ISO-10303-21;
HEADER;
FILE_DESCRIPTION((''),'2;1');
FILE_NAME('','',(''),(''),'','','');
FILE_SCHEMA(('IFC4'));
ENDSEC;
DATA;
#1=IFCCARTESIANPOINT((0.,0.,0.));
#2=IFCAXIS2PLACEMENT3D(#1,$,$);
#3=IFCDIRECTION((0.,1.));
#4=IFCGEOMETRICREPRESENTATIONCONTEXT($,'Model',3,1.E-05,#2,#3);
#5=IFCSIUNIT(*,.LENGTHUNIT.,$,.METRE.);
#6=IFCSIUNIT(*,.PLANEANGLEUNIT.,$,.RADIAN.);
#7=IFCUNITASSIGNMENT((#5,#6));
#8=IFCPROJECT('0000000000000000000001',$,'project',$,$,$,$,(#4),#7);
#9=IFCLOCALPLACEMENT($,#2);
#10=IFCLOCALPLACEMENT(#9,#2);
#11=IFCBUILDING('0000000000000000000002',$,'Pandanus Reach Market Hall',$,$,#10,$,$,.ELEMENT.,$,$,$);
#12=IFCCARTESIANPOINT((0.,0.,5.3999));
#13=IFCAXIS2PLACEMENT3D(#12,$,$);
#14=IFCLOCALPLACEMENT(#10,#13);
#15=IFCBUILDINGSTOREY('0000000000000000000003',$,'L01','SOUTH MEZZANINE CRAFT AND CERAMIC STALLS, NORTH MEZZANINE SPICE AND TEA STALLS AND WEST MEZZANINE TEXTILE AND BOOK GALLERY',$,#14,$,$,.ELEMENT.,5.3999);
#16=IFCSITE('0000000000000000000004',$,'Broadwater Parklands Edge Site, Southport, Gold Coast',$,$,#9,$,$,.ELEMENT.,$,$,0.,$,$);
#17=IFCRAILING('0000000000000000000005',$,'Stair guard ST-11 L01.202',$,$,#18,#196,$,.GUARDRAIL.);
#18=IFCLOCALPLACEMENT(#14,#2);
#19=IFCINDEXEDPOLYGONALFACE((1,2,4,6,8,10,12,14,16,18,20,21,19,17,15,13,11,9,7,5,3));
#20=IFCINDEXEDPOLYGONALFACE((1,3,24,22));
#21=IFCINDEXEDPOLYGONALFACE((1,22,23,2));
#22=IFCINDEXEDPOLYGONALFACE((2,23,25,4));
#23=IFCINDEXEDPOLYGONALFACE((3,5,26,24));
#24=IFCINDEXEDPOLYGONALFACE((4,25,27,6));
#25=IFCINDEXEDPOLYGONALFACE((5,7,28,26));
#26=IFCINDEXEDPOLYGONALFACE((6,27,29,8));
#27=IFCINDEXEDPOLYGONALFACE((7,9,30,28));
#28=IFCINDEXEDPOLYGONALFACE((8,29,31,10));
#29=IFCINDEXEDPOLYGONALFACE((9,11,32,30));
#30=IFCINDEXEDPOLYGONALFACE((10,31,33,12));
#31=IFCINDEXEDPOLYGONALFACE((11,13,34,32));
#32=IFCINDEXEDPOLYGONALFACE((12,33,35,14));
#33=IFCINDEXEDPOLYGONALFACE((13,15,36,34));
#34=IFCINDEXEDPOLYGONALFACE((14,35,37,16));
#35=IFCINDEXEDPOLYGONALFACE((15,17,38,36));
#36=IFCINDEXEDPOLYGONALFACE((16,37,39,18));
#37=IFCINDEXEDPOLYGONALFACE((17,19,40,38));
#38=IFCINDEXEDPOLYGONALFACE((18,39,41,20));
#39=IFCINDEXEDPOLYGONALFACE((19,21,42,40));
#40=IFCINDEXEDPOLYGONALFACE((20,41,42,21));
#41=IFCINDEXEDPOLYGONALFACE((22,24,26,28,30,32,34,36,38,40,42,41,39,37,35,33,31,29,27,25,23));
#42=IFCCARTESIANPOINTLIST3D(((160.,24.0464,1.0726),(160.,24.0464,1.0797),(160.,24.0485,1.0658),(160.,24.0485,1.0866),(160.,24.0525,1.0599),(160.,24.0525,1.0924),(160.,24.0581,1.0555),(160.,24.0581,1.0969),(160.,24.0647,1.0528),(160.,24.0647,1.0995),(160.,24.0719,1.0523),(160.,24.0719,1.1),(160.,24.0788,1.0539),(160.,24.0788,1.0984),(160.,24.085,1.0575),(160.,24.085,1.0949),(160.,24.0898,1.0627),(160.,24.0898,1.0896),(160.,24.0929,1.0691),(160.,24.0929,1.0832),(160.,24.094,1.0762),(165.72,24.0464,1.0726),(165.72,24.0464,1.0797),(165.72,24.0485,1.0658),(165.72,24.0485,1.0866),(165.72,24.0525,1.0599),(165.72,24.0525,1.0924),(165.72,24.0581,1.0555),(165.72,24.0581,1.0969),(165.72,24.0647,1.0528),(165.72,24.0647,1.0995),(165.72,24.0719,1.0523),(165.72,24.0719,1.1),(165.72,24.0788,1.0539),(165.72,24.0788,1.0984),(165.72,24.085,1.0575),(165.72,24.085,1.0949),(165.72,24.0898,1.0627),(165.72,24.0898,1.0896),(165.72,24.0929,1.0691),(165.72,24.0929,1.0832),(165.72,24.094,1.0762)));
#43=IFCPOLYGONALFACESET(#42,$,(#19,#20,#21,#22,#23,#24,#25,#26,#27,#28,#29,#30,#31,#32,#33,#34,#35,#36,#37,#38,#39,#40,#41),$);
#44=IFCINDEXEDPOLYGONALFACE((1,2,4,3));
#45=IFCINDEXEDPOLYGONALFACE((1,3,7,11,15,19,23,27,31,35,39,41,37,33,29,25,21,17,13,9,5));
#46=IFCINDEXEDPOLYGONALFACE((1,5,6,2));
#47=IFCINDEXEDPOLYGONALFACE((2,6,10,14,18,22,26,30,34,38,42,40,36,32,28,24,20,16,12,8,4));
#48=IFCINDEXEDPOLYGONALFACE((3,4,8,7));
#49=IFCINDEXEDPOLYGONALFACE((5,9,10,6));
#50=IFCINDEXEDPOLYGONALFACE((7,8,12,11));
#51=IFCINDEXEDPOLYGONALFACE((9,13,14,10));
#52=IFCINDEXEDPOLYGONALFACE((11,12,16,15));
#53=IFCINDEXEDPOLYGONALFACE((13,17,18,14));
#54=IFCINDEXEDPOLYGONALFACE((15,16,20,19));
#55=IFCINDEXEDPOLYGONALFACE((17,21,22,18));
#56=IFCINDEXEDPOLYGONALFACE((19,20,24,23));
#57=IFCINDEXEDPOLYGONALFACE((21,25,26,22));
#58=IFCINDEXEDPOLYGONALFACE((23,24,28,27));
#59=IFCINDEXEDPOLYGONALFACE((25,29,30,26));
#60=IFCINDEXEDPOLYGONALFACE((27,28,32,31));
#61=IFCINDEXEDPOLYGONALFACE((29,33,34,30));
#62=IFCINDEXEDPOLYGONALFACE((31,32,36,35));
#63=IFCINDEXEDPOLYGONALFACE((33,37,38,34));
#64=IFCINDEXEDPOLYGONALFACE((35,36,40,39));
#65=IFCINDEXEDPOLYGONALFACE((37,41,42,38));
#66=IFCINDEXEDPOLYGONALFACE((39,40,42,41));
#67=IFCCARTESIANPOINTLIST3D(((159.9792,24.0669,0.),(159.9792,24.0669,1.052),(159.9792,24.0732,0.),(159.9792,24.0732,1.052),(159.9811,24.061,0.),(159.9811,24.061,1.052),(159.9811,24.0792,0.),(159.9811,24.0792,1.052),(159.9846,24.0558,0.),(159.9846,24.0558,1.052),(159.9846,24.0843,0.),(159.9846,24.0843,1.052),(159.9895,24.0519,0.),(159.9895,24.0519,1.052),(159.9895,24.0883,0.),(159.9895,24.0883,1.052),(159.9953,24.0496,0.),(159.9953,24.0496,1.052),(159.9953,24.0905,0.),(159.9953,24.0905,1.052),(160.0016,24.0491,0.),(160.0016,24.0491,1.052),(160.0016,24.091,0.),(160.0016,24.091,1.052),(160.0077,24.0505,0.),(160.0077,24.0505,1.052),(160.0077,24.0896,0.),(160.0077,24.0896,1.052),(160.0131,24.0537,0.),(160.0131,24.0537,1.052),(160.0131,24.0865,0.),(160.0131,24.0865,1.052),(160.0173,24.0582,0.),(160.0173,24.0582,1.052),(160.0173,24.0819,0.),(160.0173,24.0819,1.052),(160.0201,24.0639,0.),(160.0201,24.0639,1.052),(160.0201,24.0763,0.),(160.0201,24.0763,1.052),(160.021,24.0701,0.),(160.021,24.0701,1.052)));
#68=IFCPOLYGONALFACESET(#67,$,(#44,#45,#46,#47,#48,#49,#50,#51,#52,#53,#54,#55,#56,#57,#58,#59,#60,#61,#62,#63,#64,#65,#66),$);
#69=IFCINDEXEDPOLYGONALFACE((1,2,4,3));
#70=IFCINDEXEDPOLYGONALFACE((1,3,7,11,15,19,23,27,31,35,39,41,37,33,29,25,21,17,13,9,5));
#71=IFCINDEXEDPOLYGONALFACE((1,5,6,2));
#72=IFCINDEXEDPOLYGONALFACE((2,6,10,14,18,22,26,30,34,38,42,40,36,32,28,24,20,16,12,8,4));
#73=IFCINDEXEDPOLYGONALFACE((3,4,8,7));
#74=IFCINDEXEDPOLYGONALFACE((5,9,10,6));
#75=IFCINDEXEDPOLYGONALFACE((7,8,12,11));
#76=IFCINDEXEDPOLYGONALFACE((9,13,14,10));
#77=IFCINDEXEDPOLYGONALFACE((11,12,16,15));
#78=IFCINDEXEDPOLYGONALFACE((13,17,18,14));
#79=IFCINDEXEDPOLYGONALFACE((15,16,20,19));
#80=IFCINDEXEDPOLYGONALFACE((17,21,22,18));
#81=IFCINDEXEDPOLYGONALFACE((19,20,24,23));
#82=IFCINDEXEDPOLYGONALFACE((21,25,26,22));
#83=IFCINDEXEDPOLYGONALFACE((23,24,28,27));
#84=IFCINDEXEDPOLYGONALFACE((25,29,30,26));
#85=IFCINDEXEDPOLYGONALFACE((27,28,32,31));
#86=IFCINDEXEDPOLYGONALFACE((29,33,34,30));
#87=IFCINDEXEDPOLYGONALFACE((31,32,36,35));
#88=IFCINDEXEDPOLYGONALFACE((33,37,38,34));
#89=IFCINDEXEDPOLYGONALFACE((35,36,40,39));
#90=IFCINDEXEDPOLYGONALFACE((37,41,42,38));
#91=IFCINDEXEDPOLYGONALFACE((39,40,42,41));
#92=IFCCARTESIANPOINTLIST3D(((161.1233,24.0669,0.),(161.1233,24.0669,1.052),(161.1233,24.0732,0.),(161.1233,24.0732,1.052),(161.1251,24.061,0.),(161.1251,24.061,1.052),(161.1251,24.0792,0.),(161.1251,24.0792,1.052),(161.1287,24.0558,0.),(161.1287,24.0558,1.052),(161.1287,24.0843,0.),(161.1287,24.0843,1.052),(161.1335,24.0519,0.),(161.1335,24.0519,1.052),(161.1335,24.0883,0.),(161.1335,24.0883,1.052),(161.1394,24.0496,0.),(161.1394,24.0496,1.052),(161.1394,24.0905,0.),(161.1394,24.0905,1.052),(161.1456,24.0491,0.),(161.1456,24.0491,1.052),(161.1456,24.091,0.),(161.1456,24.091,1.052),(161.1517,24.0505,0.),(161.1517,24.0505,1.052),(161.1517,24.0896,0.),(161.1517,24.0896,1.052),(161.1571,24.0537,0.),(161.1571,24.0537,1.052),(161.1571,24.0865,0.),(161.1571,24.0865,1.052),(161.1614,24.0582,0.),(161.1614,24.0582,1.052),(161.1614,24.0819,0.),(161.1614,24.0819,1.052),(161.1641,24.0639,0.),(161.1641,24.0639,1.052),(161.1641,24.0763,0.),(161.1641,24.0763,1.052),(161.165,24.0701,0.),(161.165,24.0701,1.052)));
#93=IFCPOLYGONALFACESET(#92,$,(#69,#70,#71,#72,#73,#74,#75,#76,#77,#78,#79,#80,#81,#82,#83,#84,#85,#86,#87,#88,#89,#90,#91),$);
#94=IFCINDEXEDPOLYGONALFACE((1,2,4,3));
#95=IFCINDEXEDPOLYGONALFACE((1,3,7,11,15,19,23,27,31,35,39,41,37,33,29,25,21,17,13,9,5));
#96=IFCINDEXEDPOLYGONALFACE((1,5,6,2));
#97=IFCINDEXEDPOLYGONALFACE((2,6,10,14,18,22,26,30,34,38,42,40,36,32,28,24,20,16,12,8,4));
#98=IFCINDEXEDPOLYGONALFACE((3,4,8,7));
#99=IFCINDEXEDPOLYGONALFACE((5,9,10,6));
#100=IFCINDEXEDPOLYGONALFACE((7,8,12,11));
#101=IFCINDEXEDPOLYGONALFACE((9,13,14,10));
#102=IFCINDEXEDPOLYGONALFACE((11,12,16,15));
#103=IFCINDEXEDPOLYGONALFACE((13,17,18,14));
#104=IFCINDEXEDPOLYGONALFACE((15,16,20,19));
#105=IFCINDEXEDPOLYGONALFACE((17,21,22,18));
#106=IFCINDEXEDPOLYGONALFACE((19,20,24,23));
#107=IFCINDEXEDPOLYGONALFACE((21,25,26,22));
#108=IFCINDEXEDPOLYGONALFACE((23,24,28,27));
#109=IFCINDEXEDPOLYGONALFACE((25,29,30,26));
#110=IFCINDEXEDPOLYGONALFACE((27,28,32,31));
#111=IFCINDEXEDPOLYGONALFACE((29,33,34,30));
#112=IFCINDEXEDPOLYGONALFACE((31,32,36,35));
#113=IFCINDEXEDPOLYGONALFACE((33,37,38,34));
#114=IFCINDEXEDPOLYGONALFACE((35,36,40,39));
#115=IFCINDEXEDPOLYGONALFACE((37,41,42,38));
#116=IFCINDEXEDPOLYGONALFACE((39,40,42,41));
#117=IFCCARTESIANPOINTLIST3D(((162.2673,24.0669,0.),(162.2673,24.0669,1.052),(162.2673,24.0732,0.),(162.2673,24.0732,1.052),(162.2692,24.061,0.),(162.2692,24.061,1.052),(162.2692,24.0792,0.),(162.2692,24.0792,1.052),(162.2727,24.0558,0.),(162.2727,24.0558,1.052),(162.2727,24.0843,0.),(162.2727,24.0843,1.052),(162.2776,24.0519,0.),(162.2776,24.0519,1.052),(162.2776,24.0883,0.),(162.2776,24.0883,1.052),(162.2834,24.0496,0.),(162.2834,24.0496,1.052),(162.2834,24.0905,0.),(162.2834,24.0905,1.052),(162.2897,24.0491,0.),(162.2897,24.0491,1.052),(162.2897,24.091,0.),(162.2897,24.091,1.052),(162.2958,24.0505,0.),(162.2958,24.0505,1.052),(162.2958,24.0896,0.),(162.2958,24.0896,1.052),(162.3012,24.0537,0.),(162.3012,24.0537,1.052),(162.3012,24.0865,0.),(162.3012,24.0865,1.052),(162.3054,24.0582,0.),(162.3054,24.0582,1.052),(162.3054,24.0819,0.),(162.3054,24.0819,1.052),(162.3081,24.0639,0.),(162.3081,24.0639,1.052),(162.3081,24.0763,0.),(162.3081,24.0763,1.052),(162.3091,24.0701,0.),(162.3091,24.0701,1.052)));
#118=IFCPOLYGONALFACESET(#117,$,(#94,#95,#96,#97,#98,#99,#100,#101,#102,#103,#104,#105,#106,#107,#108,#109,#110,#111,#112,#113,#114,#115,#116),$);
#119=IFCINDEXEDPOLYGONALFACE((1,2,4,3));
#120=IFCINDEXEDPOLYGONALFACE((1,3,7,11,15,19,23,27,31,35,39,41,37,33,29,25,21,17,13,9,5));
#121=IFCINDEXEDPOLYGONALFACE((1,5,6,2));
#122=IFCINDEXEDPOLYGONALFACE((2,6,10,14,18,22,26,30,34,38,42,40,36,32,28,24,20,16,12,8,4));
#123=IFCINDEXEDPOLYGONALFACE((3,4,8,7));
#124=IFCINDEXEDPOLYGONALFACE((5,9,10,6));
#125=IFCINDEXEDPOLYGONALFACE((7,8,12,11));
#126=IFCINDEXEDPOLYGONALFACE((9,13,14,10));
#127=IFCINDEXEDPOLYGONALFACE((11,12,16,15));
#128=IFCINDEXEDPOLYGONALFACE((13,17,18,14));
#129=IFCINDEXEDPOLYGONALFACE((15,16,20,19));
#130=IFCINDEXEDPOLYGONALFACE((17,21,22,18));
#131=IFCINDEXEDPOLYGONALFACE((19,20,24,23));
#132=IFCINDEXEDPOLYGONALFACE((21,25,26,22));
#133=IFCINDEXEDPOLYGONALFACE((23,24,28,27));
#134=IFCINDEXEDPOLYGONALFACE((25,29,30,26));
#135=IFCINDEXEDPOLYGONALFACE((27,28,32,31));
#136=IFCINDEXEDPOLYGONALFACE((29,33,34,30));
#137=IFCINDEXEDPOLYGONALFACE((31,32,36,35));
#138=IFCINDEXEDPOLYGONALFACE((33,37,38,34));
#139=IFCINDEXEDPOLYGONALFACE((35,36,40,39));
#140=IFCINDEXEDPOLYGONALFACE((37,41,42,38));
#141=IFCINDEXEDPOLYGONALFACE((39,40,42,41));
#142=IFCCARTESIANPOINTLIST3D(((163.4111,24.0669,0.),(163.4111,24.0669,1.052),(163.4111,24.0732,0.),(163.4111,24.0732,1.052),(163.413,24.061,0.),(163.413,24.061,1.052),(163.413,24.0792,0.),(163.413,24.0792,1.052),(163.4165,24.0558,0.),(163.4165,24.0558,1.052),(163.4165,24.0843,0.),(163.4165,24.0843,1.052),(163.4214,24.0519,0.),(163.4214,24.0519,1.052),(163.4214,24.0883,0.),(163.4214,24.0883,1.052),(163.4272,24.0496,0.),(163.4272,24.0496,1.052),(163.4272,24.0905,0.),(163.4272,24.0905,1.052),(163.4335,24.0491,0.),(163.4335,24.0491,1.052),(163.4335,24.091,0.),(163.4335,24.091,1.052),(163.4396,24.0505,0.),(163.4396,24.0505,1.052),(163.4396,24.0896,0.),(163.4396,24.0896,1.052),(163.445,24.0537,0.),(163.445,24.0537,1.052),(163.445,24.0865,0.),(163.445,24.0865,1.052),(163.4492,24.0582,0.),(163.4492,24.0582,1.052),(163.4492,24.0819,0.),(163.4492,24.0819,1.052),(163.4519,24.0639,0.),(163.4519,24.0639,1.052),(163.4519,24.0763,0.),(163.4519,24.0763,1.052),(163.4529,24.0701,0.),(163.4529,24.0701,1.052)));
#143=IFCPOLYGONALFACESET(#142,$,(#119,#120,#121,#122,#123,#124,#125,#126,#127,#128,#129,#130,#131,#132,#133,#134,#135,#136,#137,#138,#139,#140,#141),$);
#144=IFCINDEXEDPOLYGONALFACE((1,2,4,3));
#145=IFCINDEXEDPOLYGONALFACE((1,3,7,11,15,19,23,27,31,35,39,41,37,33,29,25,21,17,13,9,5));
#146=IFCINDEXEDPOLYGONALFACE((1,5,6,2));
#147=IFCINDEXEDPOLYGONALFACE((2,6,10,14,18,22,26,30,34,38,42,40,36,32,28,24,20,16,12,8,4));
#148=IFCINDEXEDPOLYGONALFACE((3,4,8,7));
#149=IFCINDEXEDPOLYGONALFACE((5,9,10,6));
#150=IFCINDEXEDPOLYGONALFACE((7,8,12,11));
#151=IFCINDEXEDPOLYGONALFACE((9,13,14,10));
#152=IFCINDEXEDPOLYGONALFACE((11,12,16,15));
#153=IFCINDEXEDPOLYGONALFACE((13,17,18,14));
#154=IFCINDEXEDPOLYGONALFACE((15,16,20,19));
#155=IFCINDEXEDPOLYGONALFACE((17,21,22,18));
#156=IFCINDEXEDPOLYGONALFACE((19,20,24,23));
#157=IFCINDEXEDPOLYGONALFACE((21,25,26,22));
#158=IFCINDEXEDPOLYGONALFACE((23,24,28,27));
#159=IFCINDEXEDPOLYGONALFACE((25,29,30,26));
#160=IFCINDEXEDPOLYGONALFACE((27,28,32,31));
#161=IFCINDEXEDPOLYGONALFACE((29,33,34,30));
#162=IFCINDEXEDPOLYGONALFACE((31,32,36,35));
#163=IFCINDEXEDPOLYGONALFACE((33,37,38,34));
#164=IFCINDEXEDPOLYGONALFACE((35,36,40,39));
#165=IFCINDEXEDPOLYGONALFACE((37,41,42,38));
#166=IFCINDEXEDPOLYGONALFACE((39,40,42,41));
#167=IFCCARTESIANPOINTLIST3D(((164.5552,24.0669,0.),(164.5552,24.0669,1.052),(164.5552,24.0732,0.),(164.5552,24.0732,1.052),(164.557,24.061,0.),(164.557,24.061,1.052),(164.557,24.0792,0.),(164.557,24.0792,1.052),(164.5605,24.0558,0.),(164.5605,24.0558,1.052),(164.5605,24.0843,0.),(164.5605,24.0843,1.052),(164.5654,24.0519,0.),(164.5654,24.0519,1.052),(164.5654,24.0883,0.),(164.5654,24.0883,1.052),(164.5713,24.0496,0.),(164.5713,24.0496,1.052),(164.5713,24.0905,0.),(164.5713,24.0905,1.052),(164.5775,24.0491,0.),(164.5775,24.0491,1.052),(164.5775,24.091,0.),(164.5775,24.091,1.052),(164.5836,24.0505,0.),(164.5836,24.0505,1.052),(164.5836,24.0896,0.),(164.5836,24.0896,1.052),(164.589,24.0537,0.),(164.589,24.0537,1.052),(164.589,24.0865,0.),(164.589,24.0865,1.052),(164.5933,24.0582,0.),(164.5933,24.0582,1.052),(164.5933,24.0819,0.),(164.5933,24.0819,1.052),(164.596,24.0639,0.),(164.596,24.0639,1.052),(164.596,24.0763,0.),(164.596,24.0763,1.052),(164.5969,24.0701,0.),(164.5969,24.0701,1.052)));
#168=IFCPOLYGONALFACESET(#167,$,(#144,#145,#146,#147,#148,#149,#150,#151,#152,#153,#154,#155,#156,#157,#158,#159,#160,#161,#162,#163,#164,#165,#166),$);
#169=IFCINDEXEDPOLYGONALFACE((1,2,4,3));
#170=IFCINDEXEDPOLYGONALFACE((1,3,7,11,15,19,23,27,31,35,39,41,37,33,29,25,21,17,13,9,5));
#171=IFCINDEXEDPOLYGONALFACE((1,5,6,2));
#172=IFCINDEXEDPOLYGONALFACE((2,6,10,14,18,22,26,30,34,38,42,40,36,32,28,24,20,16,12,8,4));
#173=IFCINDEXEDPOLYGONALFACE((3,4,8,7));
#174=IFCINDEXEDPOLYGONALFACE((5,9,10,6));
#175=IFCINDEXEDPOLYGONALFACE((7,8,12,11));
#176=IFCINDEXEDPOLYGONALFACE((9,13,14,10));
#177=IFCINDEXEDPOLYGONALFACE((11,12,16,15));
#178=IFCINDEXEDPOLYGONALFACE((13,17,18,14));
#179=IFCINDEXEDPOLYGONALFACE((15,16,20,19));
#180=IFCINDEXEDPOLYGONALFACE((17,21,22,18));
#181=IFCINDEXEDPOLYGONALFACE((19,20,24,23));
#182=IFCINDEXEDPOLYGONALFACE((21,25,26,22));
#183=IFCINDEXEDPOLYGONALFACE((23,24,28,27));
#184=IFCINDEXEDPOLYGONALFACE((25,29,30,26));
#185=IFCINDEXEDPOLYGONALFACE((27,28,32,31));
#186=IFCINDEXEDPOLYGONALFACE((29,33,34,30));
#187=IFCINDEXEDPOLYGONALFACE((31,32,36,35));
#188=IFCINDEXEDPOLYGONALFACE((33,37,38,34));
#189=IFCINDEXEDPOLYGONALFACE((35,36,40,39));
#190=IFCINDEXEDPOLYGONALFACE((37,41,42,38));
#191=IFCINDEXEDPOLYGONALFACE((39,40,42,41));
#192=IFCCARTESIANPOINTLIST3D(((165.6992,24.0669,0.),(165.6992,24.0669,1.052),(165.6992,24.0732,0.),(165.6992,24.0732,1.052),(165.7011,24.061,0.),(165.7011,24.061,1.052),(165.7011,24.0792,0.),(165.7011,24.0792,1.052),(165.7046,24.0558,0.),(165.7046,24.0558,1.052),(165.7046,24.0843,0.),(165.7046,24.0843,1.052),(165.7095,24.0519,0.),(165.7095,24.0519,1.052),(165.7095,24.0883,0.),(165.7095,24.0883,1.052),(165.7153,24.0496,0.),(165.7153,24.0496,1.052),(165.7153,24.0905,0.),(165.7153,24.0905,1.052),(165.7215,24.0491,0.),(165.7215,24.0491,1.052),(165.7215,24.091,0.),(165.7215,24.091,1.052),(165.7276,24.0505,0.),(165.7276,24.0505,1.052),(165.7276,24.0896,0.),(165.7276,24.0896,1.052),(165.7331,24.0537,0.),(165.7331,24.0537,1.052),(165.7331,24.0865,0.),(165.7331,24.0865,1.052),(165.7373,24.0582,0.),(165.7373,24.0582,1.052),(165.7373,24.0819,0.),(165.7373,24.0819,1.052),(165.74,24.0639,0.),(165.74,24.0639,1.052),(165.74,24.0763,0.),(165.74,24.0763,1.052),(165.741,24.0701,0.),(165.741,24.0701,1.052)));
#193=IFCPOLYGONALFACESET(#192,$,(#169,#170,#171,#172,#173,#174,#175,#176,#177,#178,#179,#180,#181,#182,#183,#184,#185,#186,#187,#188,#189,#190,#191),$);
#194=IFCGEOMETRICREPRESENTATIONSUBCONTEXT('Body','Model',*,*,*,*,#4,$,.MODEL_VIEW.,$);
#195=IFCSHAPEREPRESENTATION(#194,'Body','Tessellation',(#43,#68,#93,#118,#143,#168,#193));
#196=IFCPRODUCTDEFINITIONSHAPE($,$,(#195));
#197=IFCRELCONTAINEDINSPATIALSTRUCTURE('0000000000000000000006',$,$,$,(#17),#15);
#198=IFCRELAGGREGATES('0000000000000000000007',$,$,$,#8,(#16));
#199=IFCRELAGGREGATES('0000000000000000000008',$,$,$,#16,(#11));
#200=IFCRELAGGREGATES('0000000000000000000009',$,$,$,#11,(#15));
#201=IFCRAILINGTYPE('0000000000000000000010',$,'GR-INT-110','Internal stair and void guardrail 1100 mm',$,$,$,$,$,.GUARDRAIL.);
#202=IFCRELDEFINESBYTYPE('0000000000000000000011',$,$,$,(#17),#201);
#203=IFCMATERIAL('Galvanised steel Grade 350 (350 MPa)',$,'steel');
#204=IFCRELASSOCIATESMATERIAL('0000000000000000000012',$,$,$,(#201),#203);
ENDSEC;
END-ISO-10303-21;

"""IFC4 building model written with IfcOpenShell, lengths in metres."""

from ifc_helpers import new_model, si_unit, direction, frame, origin, origin_2d, place, context, subcontext, project, spatial, circle, extrude, material, type_object, element, save


model = new_model("IFC4")

# Units and contexts
model_context = context("Model", 3, precision=1e-05, world=origin(), true_north=direction((0.0, 1.0)))
body_context = subcontext(model_context, "Body", "Model", "MODEL_VIEW")
ifc_project = project(units=[si_unit("LENGTHUNIT", "METRE"), si_unit("PLANEANGLEUNIT", "RADIAN")], contexts=[model_context])

# Site, building, storey
site_placement = place(None, origin())
site = spatial("IfcSite", under=ifc_project, at=site_placement, Name="Broadwater Parklands Edge Site, Southport, Gold Coast", CompositionType="ELEMENT", RefElevation=0.0)
building_placement = place(site_placement, origin())
building = spatial("IfcBuilding", under=site, at=building_placement, Name="Pandanus Reach Market Hall", CompositionType="ELEMENT")
storey_placement = place(building_placement, frame((0.0, 0.0, 5.3999)))
storey = spatial("IfcBuildingStorey", under=building, at=storey_placement, Name="L01", Description="SOUTH MEZZANINE CRAFT AND CERAMIC STALLS, NORTH MEZZANINE SPICE AND TEA STALLS AND WEST MEZZANINE TEXTILE AND BOOK GALLERY", CompositionType="ELEMENT", Elevation=5.3999)

# Railing
ifc_material_1 = material(Name="Galvanised steel Grade 350 (350 MPa)", Category="steel")
railing_type = type_object("IfcRailingType", Name="GR-INT-110", Description="Internal stair and void guardrail 1100 mm", PredefinedType="GUARDRAIL", material=ifc_material_1)
railing_1_placement = place(storey_placement, frame((160.0, 24.0701, 0.0)))
element("IfcRailing", 1, at=railing_1_placement, inside=storey, type_object=railing_type, Name="Stair guard ST-11 L01.202", PredefinedType="GUARDRAIL", context=body_context, shape_type="SweptSolid", body=[
    extrude(circle(Radius=0.0239, at=origin_2d()), frame((0.0, 0.0, 1.0762), z_axis=(1.0, 0.0, 0.0), x_axis=(0.0, 1.0, 0.0)), (0.0, 0.0, 1.0), 5.72),
    extrude(circle(Radius=0.021, at=origin_2d()), origin(), (0.0, 0.0, 1.0), 1.052),
    extrude(circle(Radius=0.021, at=origin_2d()), frame((1.144, 0.0, 0.0)), (0.0, 0.0, 1.0), 1.052),
    extrude(circle(Radius=0.021, at=origin_2d()), frame((2.2881, 0.0, 0.0)), (0.0, 0.0, 1.0), 1.052),
    extrude(circle(Radius=0.021, at=origin_2d()), frame((3.4319, 0.0, 0.0)), (0.0, 0.0, 1.0), 1.052),
    extrude(circle(Radius=0.021, at=origin_2d()), frame((4.5759, 0.0, 0.0)), (0.0, 0.0, 1.0), 1.052),
    extrude(circle(Radius=0.021, at=origin_2d()), frame((5.72, 0.0, 0.0)), (0.0, 0.0, 1.0), 1.052),
])

save(model, "model.ifc")
